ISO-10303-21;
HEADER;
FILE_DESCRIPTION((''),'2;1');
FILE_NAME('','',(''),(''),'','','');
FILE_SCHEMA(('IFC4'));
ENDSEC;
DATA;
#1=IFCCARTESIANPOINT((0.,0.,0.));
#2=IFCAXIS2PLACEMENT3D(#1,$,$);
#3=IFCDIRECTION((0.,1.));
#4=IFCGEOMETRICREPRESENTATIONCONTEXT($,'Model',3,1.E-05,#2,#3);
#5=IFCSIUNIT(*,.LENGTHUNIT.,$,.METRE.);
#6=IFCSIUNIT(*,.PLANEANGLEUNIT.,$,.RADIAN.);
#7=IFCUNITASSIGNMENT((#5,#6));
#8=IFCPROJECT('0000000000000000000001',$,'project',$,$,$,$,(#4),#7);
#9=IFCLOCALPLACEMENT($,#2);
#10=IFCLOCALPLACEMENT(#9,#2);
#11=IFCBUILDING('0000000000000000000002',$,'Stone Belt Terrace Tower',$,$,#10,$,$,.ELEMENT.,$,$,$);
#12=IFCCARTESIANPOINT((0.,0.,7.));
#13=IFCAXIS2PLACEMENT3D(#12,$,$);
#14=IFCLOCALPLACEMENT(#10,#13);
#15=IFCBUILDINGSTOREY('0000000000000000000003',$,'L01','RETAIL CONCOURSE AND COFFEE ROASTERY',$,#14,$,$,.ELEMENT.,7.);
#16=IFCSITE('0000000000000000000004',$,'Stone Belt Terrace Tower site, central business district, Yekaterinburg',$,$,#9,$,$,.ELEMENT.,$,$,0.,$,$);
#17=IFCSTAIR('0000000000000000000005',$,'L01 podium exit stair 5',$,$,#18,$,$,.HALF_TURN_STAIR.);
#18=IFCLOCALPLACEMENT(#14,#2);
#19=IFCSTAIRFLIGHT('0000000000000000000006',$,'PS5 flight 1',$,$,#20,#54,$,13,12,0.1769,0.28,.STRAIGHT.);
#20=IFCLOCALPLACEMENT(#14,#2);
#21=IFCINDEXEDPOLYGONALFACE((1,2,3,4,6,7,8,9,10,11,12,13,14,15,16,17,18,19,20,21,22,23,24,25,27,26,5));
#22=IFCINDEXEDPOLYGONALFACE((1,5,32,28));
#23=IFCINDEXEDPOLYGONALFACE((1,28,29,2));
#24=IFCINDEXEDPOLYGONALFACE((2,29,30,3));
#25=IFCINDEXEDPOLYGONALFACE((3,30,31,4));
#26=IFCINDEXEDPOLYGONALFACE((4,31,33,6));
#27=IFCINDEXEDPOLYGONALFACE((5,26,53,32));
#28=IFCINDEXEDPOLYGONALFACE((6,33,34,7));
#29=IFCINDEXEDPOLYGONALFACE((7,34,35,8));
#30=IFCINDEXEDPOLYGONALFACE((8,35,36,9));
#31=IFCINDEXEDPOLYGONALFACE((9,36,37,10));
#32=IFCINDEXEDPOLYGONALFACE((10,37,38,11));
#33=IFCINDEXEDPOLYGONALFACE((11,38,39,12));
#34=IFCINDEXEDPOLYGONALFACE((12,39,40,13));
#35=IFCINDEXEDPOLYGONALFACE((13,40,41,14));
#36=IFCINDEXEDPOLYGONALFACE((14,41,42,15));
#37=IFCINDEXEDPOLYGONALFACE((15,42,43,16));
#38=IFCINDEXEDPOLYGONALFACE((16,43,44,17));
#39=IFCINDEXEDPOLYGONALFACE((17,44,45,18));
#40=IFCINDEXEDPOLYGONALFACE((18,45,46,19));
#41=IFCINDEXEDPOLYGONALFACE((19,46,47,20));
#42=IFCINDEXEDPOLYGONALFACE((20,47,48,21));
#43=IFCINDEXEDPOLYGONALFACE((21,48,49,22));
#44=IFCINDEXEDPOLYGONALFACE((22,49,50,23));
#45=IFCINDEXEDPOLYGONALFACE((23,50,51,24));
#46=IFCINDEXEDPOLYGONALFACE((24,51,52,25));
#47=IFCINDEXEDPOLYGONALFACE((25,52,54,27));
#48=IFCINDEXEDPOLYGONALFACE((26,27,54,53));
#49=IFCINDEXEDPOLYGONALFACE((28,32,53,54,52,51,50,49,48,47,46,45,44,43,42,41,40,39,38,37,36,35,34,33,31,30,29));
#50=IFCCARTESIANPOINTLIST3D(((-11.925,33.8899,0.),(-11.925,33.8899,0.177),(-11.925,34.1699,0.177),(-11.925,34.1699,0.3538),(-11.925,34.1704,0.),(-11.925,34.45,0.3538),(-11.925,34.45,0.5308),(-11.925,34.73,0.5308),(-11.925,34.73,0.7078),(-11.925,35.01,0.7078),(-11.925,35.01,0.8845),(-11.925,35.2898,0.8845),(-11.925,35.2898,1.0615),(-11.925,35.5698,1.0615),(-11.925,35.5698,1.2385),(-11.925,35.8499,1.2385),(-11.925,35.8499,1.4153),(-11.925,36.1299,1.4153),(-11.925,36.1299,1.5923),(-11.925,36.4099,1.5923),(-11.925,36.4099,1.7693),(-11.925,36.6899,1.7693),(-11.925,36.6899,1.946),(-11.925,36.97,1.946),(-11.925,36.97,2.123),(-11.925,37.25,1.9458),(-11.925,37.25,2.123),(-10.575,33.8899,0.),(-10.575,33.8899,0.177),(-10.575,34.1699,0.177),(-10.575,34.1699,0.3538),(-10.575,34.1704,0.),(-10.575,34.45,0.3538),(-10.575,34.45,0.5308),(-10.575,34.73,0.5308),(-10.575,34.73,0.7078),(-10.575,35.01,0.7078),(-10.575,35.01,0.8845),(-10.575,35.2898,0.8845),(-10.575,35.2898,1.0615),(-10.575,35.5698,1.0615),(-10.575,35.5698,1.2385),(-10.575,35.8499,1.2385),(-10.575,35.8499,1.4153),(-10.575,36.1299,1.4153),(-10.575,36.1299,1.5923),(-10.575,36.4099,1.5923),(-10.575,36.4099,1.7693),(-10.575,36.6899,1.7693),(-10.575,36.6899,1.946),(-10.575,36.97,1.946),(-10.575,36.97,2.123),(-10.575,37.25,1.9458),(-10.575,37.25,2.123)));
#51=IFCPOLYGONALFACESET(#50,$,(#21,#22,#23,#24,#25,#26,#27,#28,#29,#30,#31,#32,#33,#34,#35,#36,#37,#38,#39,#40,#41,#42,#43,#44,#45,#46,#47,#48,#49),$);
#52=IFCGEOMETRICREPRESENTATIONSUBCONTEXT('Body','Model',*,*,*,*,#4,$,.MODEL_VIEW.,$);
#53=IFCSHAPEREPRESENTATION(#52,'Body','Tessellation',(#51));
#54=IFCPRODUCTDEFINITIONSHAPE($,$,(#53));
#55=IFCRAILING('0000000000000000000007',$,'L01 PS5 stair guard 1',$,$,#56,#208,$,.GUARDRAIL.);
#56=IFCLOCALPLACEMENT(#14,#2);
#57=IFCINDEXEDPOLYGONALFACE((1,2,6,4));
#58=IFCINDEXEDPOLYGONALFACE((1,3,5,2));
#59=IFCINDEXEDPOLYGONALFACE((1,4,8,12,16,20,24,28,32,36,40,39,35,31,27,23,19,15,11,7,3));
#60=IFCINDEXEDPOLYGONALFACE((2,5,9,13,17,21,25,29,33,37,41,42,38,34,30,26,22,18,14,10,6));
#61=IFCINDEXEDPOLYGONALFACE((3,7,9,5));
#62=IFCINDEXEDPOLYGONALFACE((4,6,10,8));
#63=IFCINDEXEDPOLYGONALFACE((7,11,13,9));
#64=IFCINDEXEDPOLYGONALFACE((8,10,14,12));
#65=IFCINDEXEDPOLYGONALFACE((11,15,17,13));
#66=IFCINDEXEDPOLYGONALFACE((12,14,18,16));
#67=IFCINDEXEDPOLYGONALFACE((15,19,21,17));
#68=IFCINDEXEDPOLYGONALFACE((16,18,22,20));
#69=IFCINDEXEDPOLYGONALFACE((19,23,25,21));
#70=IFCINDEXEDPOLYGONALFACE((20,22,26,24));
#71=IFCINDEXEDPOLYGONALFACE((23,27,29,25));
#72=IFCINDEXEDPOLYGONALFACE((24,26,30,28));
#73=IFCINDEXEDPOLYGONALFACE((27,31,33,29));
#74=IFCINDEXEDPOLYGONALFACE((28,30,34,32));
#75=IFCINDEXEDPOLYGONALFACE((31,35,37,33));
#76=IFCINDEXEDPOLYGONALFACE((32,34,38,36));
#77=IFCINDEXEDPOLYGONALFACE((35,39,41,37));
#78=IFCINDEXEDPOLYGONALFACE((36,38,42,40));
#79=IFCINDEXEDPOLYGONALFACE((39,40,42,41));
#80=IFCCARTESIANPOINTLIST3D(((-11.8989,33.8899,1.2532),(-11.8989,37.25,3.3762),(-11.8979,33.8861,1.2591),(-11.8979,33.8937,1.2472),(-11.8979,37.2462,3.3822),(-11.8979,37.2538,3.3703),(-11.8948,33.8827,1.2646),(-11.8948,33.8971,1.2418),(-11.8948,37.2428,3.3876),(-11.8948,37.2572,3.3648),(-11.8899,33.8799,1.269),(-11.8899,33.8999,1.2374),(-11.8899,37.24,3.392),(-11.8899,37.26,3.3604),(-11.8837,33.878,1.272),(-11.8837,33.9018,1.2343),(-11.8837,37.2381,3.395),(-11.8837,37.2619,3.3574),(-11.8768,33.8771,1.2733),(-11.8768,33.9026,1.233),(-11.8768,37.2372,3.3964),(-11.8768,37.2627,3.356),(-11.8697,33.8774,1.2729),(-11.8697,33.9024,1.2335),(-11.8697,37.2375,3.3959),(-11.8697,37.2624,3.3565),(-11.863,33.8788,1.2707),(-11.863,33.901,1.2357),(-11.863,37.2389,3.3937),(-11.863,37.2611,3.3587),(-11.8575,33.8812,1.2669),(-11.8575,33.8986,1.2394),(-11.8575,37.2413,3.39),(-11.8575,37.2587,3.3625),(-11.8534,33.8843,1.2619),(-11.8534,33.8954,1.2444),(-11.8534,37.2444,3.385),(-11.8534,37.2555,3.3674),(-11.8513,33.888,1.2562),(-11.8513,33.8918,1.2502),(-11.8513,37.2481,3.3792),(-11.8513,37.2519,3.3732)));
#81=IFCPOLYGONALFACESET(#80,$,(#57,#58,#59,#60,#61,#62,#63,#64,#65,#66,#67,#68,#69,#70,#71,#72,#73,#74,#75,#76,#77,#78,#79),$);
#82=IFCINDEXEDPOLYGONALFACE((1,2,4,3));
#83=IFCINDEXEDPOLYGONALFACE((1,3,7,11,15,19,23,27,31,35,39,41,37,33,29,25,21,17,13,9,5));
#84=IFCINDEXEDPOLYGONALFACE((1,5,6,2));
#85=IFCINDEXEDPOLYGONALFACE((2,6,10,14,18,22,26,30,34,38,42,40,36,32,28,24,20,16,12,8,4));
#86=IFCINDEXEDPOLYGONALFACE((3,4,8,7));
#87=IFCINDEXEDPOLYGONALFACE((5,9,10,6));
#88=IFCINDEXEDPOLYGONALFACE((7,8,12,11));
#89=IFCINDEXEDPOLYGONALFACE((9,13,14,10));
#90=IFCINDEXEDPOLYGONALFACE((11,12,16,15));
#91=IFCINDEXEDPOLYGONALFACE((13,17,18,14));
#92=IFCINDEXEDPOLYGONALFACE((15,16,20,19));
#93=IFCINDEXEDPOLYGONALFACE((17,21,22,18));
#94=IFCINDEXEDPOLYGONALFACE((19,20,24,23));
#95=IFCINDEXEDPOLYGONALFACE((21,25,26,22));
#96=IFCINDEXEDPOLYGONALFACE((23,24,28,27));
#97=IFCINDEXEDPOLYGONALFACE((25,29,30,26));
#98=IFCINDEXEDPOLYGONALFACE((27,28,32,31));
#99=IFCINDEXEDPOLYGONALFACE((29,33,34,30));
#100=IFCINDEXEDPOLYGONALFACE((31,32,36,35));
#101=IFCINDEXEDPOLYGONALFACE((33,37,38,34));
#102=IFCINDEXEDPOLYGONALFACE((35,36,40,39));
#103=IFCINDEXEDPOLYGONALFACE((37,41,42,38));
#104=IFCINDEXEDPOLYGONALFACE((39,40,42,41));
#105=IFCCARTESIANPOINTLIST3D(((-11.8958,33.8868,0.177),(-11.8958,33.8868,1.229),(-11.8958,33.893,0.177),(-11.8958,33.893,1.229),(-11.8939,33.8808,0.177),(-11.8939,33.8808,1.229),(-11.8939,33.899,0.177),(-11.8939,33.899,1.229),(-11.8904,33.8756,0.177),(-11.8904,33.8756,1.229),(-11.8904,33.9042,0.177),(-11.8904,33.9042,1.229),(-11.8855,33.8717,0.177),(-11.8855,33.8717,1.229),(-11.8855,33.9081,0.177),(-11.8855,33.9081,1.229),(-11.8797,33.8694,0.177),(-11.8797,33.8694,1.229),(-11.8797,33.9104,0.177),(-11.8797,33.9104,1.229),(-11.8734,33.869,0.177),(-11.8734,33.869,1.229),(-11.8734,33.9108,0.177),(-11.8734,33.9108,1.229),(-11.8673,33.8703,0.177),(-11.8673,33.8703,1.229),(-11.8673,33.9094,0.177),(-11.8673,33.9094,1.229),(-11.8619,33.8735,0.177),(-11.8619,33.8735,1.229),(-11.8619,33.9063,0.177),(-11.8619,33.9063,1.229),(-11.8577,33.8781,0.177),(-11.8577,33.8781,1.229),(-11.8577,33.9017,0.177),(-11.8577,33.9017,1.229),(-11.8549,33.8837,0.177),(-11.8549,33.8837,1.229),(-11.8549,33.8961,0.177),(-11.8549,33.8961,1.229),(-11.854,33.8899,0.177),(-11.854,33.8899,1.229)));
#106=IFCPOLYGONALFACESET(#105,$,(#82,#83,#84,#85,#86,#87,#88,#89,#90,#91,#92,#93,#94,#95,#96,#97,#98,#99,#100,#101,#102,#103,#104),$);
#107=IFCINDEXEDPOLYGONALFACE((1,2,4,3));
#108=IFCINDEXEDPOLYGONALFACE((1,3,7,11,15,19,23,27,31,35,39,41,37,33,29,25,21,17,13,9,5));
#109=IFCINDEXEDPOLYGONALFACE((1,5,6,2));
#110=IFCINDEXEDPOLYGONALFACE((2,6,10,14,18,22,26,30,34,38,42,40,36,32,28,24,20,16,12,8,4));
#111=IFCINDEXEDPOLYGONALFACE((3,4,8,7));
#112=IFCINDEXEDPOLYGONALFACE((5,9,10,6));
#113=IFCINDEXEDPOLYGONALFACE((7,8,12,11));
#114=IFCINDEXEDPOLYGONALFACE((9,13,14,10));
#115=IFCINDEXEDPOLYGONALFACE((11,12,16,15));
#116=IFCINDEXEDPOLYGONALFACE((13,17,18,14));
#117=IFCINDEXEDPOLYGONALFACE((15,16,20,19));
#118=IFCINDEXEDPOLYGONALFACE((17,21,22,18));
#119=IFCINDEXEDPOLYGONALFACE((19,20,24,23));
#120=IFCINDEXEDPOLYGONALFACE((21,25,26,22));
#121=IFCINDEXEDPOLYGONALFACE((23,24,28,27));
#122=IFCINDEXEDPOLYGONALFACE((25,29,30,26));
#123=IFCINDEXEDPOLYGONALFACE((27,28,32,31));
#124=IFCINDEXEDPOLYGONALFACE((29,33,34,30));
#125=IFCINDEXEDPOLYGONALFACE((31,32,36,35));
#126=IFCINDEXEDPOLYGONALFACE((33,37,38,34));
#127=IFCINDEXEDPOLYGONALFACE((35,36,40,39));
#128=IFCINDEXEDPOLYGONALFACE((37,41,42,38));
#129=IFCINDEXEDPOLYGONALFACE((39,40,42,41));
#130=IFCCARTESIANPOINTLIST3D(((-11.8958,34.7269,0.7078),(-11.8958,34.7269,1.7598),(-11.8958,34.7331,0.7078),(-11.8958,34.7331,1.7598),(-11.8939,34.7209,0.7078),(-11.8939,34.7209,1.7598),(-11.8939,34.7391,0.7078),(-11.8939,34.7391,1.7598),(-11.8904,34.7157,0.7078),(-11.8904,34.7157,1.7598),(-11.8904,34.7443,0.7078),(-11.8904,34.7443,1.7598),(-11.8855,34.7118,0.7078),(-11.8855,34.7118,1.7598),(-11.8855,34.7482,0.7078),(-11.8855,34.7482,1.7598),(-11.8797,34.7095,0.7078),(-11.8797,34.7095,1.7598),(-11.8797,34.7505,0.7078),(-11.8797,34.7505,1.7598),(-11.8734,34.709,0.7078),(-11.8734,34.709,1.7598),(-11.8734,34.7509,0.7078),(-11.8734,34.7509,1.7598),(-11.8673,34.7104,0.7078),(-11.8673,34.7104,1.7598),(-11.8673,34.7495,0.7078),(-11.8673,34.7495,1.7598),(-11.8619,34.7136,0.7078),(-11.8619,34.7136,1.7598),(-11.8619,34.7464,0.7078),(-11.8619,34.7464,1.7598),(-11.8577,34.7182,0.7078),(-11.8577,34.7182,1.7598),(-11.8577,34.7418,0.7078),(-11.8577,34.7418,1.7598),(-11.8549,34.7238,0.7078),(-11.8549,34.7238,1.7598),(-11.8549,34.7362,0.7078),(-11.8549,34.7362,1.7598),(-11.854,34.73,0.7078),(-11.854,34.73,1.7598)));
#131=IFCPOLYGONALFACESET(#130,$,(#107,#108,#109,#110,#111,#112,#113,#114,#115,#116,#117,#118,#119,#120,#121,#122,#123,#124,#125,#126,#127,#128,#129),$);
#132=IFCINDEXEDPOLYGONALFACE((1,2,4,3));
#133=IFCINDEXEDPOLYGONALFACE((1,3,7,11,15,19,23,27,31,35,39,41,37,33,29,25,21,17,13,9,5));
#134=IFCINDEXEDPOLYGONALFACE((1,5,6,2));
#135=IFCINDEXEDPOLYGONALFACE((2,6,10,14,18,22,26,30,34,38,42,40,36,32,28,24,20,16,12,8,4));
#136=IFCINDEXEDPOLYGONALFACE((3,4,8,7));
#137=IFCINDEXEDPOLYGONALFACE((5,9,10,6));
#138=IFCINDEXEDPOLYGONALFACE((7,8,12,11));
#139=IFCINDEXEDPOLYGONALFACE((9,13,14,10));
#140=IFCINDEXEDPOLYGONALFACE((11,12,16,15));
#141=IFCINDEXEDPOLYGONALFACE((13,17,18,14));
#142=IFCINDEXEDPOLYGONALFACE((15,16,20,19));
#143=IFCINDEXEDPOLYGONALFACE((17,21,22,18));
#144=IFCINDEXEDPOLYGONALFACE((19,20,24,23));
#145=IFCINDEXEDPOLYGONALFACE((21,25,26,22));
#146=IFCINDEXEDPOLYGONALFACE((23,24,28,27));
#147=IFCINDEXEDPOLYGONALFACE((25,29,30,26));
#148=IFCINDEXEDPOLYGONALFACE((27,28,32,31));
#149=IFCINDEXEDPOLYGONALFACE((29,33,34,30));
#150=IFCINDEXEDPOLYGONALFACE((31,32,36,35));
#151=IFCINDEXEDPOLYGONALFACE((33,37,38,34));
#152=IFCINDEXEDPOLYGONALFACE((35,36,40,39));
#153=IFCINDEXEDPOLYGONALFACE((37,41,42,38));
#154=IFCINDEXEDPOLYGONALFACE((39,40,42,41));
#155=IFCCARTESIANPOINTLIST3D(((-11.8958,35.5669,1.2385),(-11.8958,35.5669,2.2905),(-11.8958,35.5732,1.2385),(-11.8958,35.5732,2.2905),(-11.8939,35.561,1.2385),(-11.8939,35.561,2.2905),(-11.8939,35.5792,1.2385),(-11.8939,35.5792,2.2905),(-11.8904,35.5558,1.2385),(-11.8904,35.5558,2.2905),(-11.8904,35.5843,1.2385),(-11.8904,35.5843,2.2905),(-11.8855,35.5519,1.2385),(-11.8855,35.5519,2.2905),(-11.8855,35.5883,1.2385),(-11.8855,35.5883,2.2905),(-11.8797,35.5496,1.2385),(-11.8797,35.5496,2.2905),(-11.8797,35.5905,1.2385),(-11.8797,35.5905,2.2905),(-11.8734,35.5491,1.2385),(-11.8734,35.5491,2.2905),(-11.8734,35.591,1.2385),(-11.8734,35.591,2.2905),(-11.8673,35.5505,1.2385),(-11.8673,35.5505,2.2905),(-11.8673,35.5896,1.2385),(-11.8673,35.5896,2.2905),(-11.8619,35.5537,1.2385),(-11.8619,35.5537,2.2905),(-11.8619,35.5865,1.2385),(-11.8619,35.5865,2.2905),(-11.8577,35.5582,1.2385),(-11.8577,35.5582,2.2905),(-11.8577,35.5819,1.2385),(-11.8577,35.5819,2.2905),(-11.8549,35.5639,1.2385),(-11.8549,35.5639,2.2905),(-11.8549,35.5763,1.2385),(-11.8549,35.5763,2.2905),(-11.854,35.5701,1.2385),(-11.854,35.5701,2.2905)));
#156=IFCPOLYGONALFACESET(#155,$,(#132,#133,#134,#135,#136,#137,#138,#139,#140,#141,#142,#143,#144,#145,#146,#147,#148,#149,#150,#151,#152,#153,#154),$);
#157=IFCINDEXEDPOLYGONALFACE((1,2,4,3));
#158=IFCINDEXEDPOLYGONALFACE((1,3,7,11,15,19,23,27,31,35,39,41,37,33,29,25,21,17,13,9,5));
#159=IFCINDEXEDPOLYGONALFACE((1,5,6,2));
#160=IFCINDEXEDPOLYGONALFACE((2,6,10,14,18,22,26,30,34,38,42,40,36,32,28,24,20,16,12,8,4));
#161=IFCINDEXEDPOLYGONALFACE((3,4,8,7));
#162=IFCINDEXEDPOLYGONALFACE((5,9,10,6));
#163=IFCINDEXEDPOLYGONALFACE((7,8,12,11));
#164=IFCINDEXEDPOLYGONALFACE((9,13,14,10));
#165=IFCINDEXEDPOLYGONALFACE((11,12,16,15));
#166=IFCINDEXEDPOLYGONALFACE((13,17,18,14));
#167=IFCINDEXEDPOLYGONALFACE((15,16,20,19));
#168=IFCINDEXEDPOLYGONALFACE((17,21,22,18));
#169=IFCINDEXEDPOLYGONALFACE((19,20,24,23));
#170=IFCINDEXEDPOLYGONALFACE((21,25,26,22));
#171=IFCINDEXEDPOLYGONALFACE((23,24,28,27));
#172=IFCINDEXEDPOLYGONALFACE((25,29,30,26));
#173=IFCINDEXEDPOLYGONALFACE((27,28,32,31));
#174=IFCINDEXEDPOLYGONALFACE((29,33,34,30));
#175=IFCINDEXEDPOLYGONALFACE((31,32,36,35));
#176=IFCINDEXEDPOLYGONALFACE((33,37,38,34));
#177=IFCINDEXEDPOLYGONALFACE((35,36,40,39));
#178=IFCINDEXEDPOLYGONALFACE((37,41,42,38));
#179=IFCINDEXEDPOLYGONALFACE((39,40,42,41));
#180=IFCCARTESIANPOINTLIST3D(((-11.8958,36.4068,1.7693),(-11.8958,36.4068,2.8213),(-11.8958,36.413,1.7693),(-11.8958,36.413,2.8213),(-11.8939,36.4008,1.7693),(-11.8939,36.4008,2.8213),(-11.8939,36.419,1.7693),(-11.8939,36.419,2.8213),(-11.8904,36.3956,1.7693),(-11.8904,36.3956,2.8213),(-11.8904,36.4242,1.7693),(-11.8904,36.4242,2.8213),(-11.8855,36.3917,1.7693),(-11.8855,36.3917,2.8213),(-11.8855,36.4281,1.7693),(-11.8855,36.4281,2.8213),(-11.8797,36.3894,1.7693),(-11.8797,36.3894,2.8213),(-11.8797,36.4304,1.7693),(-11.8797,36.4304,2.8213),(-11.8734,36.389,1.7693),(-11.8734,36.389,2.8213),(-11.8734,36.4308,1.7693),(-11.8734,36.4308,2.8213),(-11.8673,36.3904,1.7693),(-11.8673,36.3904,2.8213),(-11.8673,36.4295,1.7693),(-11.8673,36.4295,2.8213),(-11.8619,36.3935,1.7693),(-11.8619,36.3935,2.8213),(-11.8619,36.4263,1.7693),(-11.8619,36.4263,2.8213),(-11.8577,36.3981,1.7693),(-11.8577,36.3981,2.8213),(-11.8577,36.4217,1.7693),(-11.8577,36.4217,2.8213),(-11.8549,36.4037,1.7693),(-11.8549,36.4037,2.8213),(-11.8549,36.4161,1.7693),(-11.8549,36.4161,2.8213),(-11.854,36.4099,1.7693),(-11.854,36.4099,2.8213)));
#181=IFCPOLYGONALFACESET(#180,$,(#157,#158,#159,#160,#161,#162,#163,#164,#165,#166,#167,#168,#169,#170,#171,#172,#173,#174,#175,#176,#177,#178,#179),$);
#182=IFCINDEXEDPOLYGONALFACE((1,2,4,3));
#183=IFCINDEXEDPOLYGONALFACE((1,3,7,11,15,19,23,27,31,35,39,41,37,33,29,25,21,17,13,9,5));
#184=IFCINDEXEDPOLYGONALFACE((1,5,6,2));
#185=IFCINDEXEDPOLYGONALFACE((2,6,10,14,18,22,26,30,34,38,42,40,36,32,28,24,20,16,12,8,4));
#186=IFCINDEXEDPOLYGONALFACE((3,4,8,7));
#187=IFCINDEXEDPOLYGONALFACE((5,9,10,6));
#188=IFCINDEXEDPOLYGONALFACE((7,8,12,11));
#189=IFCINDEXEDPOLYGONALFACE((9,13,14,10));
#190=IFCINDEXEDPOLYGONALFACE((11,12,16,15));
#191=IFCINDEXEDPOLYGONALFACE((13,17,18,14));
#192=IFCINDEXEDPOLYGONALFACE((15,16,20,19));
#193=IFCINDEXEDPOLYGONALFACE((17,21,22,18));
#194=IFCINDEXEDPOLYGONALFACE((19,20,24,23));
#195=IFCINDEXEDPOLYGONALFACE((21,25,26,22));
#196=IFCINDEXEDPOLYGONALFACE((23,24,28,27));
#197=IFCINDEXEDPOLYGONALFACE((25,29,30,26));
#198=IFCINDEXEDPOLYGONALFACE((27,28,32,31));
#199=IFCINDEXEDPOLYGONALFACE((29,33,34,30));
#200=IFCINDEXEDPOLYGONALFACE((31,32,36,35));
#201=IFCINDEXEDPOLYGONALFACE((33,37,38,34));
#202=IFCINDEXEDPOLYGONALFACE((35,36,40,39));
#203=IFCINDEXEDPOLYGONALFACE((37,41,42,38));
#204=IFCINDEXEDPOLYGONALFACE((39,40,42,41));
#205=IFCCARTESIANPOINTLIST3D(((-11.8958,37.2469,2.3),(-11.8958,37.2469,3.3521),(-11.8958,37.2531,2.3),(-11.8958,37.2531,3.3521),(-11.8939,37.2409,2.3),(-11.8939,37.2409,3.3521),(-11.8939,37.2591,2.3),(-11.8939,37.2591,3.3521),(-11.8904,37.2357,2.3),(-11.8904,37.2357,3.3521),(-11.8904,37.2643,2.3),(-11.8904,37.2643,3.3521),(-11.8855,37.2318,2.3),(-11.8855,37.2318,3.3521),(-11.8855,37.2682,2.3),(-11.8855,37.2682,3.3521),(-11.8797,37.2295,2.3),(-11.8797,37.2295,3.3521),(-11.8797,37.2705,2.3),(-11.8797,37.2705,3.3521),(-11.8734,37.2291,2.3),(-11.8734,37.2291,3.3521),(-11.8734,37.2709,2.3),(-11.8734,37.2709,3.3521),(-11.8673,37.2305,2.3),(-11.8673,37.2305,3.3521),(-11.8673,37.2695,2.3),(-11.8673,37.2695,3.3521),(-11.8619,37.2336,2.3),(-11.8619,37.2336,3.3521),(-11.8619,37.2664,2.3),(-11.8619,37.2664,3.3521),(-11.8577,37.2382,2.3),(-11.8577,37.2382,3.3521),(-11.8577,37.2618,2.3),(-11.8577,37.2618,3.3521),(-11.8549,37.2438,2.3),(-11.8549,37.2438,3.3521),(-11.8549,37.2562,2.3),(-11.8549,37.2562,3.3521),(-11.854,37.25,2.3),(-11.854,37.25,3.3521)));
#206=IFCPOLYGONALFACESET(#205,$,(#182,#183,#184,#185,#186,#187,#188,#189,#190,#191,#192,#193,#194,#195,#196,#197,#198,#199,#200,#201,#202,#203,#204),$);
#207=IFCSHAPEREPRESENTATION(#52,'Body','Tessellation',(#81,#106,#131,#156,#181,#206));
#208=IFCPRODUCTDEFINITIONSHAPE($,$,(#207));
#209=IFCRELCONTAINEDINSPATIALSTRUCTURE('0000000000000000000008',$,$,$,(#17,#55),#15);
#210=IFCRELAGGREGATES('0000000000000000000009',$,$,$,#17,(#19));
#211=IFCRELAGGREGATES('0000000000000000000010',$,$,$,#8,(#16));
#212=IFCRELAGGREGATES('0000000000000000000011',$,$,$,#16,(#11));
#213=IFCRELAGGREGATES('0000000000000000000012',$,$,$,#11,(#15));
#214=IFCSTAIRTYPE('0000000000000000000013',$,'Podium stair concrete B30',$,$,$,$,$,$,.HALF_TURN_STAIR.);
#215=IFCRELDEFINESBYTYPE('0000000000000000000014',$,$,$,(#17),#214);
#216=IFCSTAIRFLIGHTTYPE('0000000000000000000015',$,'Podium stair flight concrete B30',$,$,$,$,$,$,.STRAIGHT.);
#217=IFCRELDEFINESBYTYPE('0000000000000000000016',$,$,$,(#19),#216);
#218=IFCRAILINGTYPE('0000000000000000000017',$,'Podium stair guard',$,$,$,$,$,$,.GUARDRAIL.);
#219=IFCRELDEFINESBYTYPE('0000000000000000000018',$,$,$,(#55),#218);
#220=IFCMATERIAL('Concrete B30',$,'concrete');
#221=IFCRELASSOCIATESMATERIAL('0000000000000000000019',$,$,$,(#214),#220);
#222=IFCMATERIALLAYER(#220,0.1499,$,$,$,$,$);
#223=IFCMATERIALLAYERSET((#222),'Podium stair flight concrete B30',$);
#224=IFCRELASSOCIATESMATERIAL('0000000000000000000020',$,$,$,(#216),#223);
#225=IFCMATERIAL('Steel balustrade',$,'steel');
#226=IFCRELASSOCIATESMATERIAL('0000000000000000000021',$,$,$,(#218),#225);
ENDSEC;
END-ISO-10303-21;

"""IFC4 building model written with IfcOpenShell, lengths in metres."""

from ifc_helpers import new_model, si_unit, direction, frame, origin, origin_2d, place, context, subcontext, project, spatial, polyline, circle, outline, extrude, material, layer, layer_set, type_object, element, aggregate, save


model = new_model("IFC4")

# Units and contexts
model_context = context("Model", 3, precision=1e-05, world=origin(), true_north=direction((0.0, 1.0)))
body_context = subcontext(model_context, "Body", "Model", "MODEL_VIEW")
ifc_project = project(units=[si_unit("LENGTHUNIT", "METRE"), si_unit("PLANEANGLEUNIT", "RADIAN")], contexts=[model_context])

# Site, building, storey
site_placement = place(None, origin())
site = spatial("IfcSite", under=ifc_project, at=site_placement, Name="Stone Belt Terrace Tower site, central business district, Yekaterinburg", CompositionType="ELEMENT", RefElevation=0.0)
building_placement = place(site_placement, origin())
building = spatial("IfcBuilding", under=site, at=building_placement, Name="Stone Belt Terrace Tower", CompositionType="ELEMENT")
storey_placement = place(building_placement, frame((0.0, 0.0, 7.0)))
storey = spatial("IfcBuildingStorey", under=building, at=storey_placement, Name="L01", Description="RETAIL CONCOURSE AND COFFEE ROASTERY", CompositionType="ELEMENT", Elevation=7.0)

# Shared definitions
ifc_material_1 = material(Name="Concrete B30", Category="concrete")

# Stair, stair flight
stair_type = type_object("IfcStairType", Name="Podium stair concrete B30", PredefinedType="HALF_TURN_STAIR", material=ifc_material_1)
stair_placement = place(storey_placement, origin())
stair = element("IfcStair", 1, at=stair_placement, inside=storey, type_object=stair_type, Name="L01 podium exit stair 5", PredefinedType="HALF_TURN_STAIR")
ifc_layer_1 = layer(ifc_material_1, 0.1499)
ifc_layer_set_1 = layer_set([ifc_layer_1], Name="Podium stair flight concrete B30")
stair_flight_type = type_object("IfcStairFlightType", Name="Podium stair flight concrete B30", PredefinedType="STRAIGHT", material=ifc_layer_set_1)
stair_flight_placement = place(storey_placement, frame((-11.25, 33.8899, 0.0), z_axis=(0.0, 0.0, 1.0), x_axis=(0.0, 1.0, 0.0)))
stair_flight = element("IfcStairFlight", 2, at=stair_flight_placement, type_object=stair_flight_type, Name="PS5 flight 1", NumberOfRisers=13, NumberOfTreads=12, PredefinedType="STRAIGHT", RiserHeight=0.1769, TreadLength=0.28, context=body_context, shape_type="SweptSolid", body=[
    extrude(outline(polyline([(0.0, 0.0), (0.0, 0.177), (0.28, 0.177), (0.28, 0.3538), (0.5601, 0.3538), (0.5601, 0.5308), (0.8401, 0.5308), (0.8401, 0.7078), (1.1201, 0.7078), (1.1201, 0.8845), (1.3999, 0.8845), (1.3999, 1.0615), (1.6799, 1.0615), (1.6799, 1.2385), (1.96, 1.2385), (1.96, 1.4153), (2.24, 1.4153), (2.24, 1.5923), (2.52, 1.5923), (2.52, 1.7693), (2.8, 1.7693), (2.8, 1.946), (3.0801, 1.946), (3.0801, 2.123), (3.3601, 2.123), (3.3601, 2.3), (3.3601, 1.9458), (0.2805, 0.0), (0.0, 0.0)])), frame((0.0, 0.675, 0.0), z_axis=(0.0, -1.0, 0.0), x_axis=(1.0, 0.0, 0.0)), (0.0, 0.0, 1.0), 1.3501),
])
aggregate(stair, [stair_flight])

# Railing
ifc_material_2 = material(Name="Steel balustrade", Category="steel")
railing_type = type_object("IfcRailingType", Name="Podium stair guard", PredefinedType="GUARDRAIL", material=ifc_material_2)
railing_1_placement = place(storey_placement, frame((-11.875, 33.8899, 0.177)))
element("IfcRailing", 3, at=railing_1_placement, inside=storey, type_object=railing_type, Name="L01 PS5 stair guard 1", PredefinedType="GUARDRAIL", context=body_context, shape_type="SweptSolid", body=[
    extrude(circle(Radius=0.0239, at=origin_2d()), frame((0.0, 0.0, 1.0762), z_axis=(0.0, 0.84539, 0.53415), x_axis=(-1.0, 0.0, 0.0)), (0.0, 0.0, 1.0), 3.9746),
    extrude(circle(Radius=0.021, at=origin_2d()), origin(), (0.0, 0.0, 1.0), 1.052),
    extrude(circle(Radius=0.021, at=origin_2d()), frame((0.0, 0.8401, 0.5308)), (0.0, 0.0, 1.0), 1.052),
    extrude(circle(Radius=0.021, at=origin_2d()), frame((0.0, 1.6802, 1.0615)), (0.0, 0.0, 1.0), 1.052),
    extrude(circle(Radius=0.021, at=origin_2d()), frame((0.0, 2.52, 1.5923)), (0.0, 0.0, 1.0), 1.052),
    extrude(circle(Radius=0.021, at=origin_2d()), frame((0.0, 3.3601, 2.123)), (0.0, 0.0, 1.0), 1.052),
])

save(model, "model.ifc")
